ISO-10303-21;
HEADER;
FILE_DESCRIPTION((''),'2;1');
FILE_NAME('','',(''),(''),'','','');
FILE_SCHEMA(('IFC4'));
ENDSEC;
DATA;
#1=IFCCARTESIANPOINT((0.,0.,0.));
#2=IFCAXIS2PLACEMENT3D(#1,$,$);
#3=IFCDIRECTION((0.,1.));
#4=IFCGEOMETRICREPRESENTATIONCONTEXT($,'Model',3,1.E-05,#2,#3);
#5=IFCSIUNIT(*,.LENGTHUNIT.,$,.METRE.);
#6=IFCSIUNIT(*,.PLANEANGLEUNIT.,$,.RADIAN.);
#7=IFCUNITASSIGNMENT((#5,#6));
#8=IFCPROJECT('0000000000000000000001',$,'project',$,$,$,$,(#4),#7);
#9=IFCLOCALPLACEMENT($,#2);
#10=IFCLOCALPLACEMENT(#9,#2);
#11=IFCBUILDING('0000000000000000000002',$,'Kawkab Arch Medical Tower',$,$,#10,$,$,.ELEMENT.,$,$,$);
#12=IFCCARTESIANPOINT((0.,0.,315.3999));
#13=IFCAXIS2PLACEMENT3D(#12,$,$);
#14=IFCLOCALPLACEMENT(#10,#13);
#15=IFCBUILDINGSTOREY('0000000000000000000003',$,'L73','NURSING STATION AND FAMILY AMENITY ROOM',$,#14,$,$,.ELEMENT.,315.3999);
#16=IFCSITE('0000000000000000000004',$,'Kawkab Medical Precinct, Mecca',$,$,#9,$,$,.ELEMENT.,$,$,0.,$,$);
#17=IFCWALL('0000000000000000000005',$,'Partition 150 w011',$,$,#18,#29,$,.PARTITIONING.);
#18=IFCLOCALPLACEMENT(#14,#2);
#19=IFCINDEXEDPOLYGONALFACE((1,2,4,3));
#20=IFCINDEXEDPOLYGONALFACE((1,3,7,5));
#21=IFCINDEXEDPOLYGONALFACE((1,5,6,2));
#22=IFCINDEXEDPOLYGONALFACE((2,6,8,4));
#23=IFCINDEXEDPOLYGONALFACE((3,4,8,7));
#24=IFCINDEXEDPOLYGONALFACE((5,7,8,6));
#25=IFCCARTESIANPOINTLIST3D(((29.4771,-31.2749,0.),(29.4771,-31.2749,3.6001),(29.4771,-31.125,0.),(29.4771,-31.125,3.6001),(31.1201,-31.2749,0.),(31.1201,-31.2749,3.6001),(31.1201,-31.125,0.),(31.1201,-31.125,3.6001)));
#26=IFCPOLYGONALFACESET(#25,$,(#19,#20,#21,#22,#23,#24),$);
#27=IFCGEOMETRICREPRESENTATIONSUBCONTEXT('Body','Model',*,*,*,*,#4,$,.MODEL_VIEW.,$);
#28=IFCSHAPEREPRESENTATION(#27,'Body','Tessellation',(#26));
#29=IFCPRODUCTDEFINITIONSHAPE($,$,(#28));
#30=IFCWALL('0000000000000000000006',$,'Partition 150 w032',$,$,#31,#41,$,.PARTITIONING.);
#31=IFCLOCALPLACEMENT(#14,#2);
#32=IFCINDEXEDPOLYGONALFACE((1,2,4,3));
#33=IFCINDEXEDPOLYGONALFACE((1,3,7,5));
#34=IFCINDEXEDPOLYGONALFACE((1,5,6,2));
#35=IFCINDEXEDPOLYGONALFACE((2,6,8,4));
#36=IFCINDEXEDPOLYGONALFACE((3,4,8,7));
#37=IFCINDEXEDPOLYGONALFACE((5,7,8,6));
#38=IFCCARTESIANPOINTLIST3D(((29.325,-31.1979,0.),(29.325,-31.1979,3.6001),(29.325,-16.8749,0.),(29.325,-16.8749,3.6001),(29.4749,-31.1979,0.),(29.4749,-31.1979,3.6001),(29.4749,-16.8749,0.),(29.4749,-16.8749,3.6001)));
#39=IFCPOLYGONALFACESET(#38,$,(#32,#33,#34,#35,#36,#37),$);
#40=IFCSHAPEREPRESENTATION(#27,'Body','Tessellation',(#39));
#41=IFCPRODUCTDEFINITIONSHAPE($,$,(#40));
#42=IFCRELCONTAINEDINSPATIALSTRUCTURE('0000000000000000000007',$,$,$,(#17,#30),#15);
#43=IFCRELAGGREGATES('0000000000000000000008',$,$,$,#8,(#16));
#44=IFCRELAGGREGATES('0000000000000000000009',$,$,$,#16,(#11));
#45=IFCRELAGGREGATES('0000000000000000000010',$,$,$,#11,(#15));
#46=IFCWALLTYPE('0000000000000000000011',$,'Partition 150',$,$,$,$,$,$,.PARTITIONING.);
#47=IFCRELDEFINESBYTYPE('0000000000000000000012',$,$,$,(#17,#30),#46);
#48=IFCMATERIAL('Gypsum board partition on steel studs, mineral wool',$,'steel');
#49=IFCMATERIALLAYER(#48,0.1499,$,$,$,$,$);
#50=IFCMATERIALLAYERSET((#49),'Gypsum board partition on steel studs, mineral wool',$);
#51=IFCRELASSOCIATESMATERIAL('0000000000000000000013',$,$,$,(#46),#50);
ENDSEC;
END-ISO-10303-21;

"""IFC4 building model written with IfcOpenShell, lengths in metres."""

from ifc_helpers import new_model, si_unit, direction, frame, frame_2d, origin, place, context, subcontext, project, spatial, rectangle, extrude, material, layer, layer_set, type_object, element, save


model = new_model("IFC4")

# Units and contexts
model_context = context("Model", 3, precision=1e-05, world=origin(), true_north=direction((0.0, 1.0)))
body_context = subcontext(model_context, "Body", "Model", "MODEL_VIEW")
ifc_project = project(units=[si_unit("LENGTHUNIT", "METRE"), si_unit("PLANEANGLEUNIT", "RADIAN")], contexts=[model_context])

# Site, building, storey
site_placement = place(None, origin())
site = spatial("IfcSite", under=ifc_project, at=site_placement, Name="Kawkab Medical Precinct, Mecca", CompositionType="ELEMENT", RefElevation=0.0)
building_placement = place(site_placement, origin())
building = spatial("IfcBuilding", under=site, at=building_placement, Name="Kawkab Arch Medical Tower", CompositionType="ELEMENT")
storey_placement = place(building_placement, frame((0.0, 0.0, 315.3999)))
storey = spatial("IfcBuildingStorey", under=building, at=storey_placement, Name="L73", Description="NURSING STATION AND FAMILY AMENITY ROOM", CompositionType="ELEMENT", Elevation=315.3999)

# Walls
ifc_material_1 = material(Name="Gypsum board partition on steel studs, mineral wool", Category="steel")
ifc_layer_1 = layer(ifc_material_1, 0.1499)
ifc_layer_set_1 = layer_set([ifc_layer_1], Name="Gypsum board partition on steel studs, mineral wool")
wall_type_1 = type_object("IfcWallType", Name="Partition 150", PredefinedType="PARTITIONING", material=ifc_layer_set_1)
wall_1_placement = place(storey_placement, frame((29.4771, -31.2, 0.0), z_axis=(0.0, 0.0, 1.0), x_axis=(1.0, 0.0, 0.0)))
element("IfcWall", 1, at=wall_1_placement, inside=storey, type_object=wall_type_1, Name="Partition 150 w011", PredefinedType="PARTITIONING", context=body_context, shape_type="SweptSolid", body=[
    extrude(rectangle(XDim=1.6431, YDim=0.1499, at=frame_2d((0.8215, 0.0))), origin(), (0.0, 0.0, 1.0), 3.6001),
])
wall_2_placement = place(storey_placement, frame((29.3999, -31.198, 0.0), z_axis=(0.0, 0.0, 1.0), x_axis=(0.0, 1.0, 0.0)))
element("IfcWall", 2, at=wall_2_placement, inside=storey, type_object=wall_type_1, Name="Partition 150 w032", PredefinedType="PARTITIONING", context=body_context, shape_type="SweptSolid", body=[
    extrude(rectangle(XDim=14.323, YDim=0.1499, at=frame_2d((7.1616, 0.0))), origin(), (0.0, 0.0, 1.0), 3.6001),
])

save(model, "model.ifc")
